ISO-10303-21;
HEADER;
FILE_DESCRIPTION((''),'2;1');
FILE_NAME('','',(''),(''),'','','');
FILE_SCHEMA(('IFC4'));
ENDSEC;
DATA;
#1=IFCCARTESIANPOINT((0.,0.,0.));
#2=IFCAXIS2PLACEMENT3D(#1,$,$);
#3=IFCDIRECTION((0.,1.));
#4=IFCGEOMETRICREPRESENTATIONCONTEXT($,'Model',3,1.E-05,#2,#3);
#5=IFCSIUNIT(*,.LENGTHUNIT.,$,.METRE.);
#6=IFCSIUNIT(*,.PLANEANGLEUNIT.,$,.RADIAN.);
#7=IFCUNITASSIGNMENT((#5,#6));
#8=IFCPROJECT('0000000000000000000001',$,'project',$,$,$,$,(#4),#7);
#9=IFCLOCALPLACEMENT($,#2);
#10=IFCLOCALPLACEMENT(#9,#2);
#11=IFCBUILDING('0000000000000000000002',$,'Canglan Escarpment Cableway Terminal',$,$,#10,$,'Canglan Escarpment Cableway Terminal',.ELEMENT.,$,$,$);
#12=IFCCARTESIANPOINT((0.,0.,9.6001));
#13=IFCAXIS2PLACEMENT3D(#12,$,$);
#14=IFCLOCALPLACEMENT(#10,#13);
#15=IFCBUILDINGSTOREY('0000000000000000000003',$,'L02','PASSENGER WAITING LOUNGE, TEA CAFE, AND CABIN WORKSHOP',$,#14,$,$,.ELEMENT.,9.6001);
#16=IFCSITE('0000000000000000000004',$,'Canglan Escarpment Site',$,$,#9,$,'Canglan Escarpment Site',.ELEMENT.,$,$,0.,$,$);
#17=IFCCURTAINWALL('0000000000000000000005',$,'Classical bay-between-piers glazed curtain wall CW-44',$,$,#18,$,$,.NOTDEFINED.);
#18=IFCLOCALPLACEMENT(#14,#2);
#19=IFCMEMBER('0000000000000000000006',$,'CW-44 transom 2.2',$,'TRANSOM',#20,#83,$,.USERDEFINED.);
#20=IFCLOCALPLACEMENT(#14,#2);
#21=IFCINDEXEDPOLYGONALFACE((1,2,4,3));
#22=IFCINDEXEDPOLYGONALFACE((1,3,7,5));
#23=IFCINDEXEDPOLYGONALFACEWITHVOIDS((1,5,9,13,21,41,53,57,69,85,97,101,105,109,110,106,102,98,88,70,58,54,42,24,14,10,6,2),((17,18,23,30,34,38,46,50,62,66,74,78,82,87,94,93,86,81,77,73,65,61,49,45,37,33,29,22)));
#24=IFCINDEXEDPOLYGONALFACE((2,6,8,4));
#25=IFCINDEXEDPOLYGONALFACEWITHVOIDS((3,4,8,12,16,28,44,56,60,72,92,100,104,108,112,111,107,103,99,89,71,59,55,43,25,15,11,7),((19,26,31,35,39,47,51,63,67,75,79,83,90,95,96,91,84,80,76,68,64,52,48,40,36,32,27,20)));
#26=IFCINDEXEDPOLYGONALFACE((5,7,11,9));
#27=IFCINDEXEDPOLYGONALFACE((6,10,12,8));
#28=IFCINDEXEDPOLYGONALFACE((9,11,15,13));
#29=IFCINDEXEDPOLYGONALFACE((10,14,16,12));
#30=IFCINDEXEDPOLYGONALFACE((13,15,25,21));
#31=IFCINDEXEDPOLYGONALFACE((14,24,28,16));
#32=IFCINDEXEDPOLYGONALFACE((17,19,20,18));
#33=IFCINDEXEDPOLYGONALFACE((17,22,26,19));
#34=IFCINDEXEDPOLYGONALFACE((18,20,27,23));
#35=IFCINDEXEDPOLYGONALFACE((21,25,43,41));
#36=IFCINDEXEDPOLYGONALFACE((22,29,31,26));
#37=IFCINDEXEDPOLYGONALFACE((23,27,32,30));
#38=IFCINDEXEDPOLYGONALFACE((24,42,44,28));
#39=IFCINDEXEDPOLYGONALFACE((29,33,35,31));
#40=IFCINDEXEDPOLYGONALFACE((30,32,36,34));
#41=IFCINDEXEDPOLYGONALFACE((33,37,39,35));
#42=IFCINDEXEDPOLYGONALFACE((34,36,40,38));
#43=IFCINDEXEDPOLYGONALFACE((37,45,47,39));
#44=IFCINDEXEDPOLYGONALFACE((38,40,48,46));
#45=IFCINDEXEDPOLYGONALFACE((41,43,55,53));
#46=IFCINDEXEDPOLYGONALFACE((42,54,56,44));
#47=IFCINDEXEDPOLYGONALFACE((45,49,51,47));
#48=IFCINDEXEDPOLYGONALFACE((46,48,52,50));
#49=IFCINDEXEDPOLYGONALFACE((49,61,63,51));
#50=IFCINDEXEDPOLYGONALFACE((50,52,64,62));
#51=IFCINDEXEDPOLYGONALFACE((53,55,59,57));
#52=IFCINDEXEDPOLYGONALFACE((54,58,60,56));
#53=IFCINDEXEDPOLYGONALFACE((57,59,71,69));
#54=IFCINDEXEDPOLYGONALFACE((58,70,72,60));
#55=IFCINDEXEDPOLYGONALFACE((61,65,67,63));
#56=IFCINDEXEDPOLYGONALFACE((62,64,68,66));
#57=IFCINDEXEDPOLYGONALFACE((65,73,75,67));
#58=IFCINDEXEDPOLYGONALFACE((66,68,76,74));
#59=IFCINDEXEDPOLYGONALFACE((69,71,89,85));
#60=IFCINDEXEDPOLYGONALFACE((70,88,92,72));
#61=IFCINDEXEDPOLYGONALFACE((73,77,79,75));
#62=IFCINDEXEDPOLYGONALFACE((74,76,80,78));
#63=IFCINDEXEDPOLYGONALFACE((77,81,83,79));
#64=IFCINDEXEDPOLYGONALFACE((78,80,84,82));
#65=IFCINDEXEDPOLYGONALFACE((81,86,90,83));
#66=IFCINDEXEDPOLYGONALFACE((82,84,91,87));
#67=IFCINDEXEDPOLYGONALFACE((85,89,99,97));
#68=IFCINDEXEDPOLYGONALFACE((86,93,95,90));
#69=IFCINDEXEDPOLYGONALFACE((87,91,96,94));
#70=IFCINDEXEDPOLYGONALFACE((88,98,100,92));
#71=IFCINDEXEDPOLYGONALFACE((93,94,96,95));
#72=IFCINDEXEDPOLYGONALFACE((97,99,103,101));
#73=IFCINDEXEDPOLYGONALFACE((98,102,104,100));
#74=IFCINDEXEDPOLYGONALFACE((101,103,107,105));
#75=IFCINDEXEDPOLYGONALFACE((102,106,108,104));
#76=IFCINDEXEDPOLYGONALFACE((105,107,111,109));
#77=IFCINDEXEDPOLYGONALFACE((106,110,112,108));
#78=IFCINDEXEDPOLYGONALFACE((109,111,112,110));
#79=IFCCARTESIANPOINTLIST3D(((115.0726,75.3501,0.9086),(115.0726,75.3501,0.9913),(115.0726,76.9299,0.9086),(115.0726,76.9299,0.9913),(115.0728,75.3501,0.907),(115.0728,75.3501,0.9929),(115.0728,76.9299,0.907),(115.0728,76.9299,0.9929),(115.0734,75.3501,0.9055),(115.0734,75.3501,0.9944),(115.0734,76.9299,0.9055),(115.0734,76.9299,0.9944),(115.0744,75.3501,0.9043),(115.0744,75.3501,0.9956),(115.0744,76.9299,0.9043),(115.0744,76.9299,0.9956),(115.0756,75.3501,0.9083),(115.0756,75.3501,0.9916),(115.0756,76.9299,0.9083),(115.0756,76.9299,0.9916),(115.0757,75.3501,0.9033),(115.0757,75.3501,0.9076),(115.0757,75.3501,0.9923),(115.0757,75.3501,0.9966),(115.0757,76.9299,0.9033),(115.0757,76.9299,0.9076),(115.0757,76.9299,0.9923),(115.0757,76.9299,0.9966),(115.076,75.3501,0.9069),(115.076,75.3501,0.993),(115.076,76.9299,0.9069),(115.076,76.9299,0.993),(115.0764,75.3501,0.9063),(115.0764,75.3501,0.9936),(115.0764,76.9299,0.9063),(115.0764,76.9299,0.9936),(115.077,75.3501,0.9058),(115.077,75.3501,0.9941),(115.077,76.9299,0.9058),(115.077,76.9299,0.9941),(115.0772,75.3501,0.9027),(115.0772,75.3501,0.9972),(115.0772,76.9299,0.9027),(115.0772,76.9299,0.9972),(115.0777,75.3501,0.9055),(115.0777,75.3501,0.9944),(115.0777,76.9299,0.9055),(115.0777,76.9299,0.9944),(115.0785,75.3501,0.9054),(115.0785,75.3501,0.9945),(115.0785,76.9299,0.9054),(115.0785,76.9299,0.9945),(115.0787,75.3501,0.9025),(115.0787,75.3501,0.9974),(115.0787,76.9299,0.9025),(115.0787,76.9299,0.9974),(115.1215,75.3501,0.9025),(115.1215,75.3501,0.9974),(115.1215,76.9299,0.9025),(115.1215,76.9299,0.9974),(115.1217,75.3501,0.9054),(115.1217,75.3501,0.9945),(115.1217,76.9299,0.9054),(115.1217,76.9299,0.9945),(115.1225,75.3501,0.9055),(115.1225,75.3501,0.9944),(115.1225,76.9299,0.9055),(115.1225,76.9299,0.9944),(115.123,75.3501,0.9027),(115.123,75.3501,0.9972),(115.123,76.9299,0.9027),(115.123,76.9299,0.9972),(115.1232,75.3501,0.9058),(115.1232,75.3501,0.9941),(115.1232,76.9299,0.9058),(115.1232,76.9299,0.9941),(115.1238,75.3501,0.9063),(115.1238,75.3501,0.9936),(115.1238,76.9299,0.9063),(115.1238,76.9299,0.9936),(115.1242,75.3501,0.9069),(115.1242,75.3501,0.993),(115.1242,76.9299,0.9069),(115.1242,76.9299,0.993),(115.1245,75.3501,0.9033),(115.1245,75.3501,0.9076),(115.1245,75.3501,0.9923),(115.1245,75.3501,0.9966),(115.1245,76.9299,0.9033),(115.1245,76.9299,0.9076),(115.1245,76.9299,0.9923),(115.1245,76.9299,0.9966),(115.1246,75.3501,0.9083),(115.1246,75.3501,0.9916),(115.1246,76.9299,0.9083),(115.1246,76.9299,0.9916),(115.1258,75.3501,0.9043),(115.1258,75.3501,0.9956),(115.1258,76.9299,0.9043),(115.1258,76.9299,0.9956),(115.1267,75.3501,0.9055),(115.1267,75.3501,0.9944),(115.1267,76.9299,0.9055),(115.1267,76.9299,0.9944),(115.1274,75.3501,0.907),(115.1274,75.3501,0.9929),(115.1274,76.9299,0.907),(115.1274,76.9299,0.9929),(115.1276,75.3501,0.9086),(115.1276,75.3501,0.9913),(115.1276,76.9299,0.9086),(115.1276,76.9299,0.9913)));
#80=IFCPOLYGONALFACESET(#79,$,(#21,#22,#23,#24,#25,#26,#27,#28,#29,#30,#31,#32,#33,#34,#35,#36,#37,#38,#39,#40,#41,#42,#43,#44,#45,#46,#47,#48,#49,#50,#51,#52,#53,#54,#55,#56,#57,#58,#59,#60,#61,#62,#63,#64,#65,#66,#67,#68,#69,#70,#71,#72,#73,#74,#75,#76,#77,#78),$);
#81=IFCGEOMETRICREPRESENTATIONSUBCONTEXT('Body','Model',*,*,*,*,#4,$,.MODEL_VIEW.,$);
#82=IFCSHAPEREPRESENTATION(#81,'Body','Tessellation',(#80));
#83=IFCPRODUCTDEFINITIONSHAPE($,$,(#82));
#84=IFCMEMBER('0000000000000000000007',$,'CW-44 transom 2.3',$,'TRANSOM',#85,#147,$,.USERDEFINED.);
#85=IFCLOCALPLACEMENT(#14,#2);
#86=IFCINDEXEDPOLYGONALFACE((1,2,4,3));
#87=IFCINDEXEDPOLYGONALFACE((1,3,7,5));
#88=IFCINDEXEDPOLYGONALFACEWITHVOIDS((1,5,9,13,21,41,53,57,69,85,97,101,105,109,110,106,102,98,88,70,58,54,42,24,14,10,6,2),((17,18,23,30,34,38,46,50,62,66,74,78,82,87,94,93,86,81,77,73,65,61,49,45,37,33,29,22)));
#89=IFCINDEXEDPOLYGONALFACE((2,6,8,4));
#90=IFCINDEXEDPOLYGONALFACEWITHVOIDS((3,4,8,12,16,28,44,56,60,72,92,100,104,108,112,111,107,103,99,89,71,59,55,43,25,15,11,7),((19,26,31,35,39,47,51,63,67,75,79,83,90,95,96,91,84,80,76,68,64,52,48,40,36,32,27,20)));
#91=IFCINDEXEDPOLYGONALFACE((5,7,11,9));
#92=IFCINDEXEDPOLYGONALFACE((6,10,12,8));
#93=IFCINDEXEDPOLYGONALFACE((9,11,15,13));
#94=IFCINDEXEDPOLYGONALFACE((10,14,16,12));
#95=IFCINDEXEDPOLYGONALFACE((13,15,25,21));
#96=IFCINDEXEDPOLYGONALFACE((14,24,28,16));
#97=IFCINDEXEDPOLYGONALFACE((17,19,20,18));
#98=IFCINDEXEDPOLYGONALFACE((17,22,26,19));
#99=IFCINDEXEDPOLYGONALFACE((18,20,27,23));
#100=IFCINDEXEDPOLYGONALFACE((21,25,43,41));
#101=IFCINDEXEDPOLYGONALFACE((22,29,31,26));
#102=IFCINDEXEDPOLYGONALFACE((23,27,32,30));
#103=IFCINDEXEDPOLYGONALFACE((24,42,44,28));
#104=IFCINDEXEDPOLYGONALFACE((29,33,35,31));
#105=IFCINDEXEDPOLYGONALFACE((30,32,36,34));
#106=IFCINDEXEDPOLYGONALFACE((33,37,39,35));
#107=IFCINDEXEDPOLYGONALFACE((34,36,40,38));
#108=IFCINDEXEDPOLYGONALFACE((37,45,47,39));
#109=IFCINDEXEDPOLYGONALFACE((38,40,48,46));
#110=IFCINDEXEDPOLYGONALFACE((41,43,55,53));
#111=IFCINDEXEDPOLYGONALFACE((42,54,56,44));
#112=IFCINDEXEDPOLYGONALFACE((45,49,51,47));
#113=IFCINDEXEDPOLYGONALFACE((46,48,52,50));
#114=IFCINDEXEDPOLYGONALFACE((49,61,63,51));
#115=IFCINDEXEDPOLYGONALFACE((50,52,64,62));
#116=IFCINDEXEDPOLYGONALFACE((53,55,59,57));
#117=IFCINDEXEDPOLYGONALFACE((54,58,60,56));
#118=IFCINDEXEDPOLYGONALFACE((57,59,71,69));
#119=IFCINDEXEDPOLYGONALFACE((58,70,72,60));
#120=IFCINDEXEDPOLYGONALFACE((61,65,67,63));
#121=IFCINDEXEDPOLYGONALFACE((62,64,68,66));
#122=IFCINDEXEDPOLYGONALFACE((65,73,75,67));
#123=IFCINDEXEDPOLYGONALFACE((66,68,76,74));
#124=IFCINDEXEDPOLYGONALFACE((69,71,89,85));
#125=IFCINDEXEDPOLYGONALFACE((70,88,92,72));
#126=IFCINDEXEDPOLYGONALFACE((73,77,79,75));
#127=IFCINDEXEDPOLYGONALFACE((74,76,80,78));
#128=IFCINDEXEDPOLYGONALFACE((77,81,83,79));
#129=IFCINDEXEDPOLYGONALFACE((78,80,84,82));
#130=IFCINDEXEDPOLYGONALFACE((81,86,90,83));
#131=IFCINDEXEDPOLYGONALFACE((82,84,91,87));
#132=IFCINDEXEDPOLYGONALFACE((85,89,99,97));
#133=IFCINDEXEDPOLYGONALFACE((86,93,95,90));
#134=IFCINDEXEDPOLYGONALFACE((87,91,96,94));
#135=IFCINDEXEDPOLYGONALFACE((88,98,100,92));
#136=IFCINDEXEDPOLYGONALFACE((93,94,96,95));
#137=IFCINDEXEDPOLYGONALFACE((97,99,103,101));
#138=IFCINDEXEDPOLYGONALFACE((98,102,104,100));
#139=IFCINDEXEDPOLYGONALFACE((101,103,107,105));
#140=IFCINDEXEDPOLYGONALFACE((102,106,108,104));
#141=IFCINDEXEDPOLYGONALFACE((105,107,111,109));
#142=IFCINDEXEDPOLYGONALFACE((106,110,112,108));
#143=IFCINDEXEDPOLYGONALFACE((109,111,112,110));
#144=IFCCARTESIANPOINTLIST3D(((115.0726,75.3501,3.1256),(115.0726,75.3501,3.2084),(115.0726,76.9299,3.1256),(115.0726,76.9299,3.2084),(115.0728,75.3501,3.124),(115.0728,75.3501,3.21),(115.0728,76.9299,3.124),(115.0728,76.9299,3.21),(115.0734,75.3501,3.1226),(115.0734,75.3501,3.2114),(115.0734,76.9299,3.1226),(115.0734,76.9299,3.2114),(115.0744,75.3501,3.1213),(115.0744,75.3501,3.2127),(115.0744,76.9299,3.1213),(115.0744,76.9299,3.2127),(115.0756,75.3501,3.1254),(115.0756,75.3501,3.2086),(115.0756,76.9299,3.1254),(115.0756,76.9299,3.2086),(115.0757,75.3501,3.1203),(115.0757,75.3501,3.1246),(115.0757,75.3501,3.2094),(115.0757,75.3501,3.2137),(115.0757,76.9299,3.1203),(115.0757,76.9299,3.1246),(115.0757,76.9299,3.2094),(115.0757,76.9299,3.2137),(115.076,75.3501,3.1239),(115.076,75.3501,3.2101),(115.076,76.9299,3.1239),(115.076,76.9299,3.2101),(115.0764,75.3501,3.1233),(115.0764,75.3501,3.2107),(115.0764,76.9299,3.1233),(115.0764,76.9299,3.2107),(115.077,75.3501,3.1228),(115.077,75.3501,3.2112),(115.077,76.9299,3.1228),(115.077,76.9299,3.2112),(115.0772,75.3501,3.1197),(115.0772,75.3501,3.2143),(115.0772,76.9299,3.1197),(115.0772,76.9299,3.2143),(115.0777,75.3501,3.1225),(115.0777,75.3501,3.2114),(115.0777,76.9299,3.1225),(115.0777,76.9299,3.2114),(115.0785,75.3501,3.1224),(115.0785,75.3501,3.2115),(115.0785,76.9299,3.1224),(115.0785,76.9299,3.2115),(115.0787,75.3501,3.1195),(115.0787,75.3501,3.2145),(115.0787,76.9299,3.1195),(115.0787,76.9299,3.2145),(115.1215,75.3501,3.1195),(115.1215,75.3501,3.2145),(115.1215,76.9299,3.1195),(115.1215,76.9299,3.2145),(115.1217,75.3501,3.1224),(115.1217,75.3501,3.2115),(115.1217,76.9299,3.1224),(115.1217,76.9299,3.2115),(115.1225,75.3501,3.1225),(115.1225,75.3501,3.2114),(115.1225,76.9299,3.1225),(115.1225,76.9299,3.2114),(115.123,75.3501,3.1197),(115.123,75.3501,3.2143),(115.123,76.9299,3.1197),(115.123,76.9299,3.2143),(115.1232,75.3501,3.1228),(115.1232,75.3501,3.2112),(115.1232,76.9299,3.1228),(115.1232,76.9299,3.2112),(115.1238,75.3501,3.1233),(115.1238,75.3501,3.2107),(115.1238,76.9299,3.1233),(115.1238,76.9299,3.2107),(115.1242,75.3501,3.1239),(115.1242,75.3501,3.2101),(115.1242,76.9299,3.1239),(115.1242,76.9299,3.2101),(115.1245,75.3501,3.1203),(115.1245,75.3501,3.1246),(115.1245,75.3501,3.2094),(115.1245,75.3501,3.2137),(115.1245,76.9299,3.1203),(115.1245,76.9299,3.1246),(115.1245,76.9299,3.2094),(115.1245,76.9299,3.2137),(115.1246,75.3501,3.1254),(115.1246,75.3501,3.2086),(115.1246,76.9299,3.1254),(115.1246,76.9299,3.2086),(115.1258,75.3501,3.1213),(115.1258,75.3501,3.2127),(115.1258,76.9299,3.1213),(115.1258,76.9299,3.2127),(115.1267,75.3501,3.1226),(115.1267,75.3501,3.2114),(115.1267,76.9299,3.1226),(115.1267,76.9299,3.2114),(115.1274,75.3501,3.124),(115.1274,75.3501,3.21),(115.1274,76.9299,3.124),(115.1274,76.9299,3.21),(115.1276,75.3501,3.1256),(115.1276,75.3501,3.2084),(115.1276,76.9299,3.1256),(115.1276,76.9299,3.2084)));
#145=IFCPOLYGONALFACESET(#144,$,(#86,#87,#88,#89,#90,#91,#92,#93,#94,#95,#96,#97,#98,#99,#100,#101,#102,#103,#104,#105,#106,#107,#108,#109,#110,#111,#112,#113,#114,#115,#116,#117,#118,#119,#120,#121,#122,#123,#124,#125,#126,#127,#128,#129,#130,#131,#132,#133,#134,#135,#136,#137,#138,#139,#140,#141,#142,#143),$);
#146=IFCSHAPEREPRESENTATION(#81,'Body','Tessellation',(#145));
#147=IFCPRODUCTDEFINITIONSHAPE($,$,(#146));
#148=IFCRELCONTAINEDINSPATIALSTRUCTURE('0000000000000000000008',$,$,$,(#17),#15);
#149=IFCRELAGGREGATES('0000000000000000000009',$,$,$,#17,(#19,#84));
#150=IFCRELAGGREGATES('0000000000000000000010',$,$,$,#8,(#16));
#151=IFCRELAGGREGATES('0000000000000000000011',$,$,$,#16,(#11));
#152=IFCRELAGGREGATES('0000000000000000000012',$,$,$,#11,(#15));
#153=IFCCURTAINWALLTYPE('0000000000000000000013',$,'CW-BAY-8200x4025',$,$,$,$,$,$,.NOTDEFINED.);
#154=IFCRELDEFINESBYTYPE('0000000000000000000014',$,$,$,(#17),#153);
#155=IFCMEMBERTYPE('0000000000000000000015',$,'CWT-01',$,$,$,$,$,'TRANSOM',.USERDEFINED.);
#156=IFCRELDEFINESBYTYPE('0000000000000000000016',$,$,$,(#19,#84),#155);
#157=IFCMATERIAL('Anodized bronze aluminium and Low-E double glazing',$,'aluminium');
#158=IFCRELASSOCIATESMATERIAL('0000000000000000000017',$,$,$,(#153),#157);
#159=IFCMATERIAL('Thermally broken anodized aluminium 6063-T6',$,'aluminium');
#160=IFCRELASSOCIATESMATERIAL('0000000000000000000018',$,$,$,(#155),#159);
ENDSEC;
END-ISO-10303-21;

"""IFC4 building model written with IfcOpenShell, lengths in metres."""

from ifc_helpers import new_model, si_unit, direction, frame, origin, origin_2d, place, context, subcontext, project, spatial, hollow_rectangle, extrude, material, material_profile, profile_set, type_object, element, aggregate, save


model = new_model("IFC4")

# Units and contexts
model_context = context("Model", 3, precision=1e-05, world=origin(), true_north=direction((0.0, 1.0)))
body_context = subcontext(model_context, "Body", "Model", "MODEL_VIEW")
ifc_project = project(units=[si_unit("LENGTHUNIT", "METRE"), si_unit("PLANEANGLEUNIT", "RADIAN")], contexts=[model_context])

# Site, building, storey
site_placement = place(None, origin())
site = spatial("IfcSite", under=ifc_project, at=site_placement, Name="Canglan Escarpment Site", LongName="Canglan Escarpment Site", CompositionType="ELEMENT", RefElevation=0.0)
building_placement = place(site_placement, origin())
building = spatial("IfcBuilding", under=site, at=building_placement, Name="Canglan Escarpment Cableway Terminal", LongName="Canglan Escarpment Cableway Terminal", CompositionType="ELEMENT")
storey_placement = place(building_placement, frame((0.0, 0.0, 9.6001)))
storey = spatial("IfcBuildingStorey", under=building, at=storey_placement, Name="L02", Description="PASSENGER WAITING LOUNGE, TEA CAFE, AND CABIN WORKSHOP", CompositionType="ELEMENT", Elevation=9.6001)

# Curtain wall, members
ifc_material_1 = material(Name="Anodized bronze aluminium and Low-E double glazing", Category="aluminium")
curtain_wall_type = type_object("IfcCurtainWallType", Name="CW-BAY-8200x4025", PredefinedType="NOTDEFINED", material=ifc_material_1)
curtain_wall_placement = place(storey_placement, origin())
curtain_wall = element("IfcCurtainWall", 1, at=curtain_wall_placement, inside=storey, type_object=curtain_wall_type, Name="Classical bay-between-piers glazed curtain wall CW-44", PredefinedType="NOTDEFINED")
ifc_material_2 = material(Name="Thermally broken anodized aluminium 6063-T6", Category="aluminium")
ifc_material_profile_1 = material_profile(ifc_material_2, hollow_rectangle(XDim=0.0549, YDim=0.095, WallThickness=0.0029, InnerFilletRadius=0.0029, OuterFilletRadius=0.0061, at=origin_2d()), Name="ALU-TRAN 55x95x3")
ifc_profile_set_1 = profile_set([ifc_material_profile_1], Name="Thermally broken anodized aluminium 6063-T6")
member_type_1 = type_object("IfcMemberType", Name="CWT-01", ElementType="TRANSOM", PredefinedType="USERDEFINED", material=ifc_profile_set_1)
member_1_placement = place(storey_placement, frame((115.1001, 76.9299, 0.95), z_axis=(0.0, -1.0, 0.0), x_axis=(1.0, 0.0, 0.0)))
member_1 = element("IfcMember", 2, at=member_1_placement, type_object=member_type_1, Name="CW-44 transom 2.2", ObjectType="TRANSOM", PredefinedType="USERDEFINED", context=body_context, shape_type="SweptSolid", body=[
    extrude(hollow_rectangle(XDim=0.0549, YDim=0.095, WallThickness=0.0029, InnerFilletRadius=0.0029, OuterFilletRadius=0.0061, at=origin_2d()), origin(), (0.0, 0.0, 1.0), 1.5798),
])
member_2_placement = place(storey_placement, frame((115.1001, 76.9299, 3.167), z_axis=(0.0, -1.0, 0.0), x_axis=(1.0, 0.0, 0.0)))
member_2 = element("IfcMember", 3, at=member_2_placement, type_object=member_type_1, Name="CW-44 transom 2.3", ObjectType="TRANSOM", PredefinedType="USERDEFINED", context=body_context, shape_type="SweptSolid", body=[
    extrude(hollow_rectangle(XDim=0.0549, YDim=0.095, WallThickness=0.0029, InnerFilletRadius=0.0029, OuterFilletRadius=0.0061, at=origin_2d()), origin(), (0.0, 0.0, 1.0), 1.5798),
])
aggregate(curtain_wall, [member_1, member_2])

save(model, "model.ifc")
